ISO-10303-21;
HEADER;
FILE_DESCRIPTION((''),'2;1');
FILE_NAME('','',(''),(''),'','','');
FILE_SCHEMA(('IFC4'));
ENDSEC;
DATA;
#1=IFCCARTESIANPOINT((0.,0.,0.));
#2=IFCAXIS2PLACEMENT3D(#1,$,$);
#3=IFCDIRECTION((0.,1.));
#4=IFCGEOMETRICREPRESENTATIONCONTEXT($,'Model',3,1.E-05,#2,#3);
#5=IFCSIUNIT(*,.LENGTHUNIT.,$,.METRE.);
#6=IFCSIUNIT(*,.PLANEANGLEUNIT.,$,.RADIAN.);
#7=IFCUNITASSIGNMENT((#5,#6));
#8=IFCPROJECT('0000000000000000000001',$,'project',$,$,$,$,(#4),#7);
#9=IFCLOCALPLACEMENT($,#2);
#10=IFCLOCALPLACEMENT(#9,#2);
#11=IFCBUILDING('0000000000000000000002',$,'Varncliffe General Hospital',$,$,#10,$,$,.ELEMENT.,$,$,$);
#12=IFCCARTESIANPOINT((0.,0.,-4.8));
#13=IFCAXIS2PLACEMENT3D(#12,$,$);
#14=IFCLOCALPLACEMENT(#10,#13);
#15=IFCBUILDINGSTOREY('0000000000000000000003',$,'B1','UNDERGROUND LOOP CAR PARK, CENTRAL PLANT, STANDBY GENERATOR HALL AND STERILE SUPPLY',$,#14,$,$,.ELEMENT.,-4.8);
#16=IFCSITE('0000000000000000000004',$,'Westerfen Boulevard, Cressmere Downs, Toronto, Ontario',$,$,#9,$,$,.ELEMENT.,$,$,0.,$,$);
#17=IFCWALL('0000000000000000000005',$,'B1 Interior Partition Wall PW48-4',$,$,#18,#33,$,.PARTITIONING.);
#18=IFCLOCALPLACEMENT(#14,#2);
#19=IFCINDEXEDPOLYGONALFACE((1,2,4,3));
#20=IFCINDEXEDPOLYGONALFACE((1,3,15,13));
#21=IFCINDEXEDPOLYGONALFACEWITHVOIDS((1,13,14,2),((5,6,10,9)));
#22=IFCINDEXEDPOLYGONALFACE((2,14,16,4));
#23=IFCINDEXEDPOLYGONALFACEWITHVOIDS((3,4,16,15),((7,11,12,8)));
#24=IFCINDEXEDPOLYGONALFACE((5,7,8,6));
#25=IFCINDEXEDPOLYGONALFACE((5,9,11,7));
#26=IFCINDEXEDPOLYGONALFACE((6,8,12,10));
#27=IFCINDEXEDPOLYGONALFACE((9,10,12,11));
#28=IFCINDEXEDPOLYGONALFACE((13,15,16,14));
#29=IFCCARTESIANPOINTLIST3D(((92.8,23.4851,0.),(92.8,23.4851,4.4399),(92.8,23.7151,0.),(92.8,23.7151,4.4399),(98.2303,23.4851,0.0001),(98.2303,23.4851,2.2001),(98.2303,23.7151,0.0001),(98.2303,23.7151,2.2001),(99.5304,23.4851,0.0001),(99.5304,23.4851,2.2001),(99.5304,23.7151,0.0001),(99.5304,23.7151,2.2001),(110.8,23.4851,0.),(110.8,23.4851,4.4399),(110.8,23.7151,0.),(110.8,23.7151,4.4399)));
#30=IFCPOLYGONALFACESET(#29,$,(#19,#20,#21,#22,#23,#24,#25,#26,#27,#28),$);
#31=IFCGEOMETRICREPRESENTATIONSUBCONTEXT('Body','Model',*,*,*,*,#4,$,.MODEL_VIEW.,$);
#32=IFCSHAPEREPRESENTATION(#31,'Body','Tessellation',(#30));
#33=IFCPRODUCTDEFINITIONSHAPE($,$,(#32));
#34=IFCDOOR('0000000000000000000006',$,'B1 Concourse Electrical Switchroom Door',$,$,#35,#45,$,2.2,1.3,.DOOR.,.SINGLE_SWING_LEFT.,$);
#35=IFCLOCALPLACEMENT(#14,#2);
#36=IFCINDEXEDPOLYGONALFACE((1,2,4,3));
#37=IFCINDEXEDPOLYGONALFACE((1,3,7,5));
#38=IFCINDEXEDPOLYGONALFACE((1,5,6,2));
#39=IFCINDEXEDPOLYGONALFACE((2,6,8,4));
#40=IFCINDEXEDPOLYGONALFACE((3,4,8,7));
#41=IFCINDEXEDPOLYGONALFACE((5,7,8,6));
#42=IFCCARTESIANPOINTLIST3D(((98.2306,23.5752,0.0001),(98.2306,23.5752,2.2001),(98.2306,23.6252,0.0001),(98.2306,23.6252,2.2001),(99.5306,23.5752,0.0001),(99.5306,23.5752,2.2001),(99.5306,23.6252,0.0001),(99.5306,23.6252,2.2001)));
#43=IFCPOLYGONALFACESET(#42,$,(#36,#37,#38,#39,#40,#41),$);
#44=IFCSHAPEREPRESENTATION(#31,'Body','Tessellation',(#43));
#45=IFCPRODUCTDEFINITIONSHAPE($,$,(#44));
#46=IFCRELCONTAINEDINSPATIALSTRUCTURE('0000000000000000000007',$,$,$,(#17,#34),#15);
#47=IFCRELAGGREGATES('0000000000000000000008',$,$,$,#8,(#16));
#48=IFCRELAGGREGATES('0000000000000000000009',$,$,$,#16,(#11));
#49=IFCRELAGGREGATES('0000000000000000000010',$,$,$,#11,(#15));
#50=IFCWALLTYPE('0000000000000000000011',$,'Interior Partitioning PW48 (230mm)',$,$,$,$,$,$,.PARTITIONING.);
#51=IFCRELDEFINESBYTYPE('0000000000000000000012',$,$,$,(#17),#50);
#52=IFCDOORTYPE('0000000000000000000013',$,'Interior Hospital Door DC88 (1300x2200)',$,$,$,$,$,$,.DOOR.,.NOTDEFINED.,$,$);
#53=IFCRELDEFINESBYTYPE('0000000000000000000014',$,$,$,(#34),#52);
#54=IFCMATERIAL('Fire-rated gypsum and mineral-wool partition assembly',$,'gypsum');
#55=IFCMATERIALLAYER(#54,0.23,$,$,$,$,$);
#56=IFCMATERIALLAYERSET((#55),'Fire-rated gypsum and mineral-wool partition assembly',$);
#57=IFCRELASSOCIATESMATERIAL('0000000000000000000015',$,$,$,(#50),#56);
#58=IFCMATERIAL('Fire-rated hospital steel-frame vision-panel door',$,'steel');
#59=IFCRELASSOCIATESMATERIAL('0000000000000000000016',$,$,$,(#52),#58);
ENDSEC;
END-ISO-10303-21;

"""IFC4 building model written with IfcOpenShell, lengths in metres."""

from ifc_helpers import new_model, si_unit, direction, frame, frame_2d, origin, place, context, subcontext, project, spatial, rectangle, extrude, material, layer, layer_set, type_object, element, fill, save


model = new_model("IFC4")

# Units and contexts
model_context = context("Model", 3, precision=1e-05, world=origin(), true_north=direction((0.0, 1.0)))
body_context = subcontext(model_context, "Body", "Model", "MODEL_VIEW")
ifc_project = project(units=[si_unit("LENGTHUNIT", "METRE"), si_unit("PLANEANGLEUNIT", "RADIAN")], contexts=[model_context])

# Site, building, storey
site_placement = place(None, origin())
site = spatial("IfcSite", under=ifc_project, at=site_placement, Name="Westerfen Boulevard, Cressmere Downs, Toronto, Ontario", CompositionType="ELEMENT", RefElevation=0.0)
building_placement = place(site_placement, origin())
building = spatial("IfcBuilding", under=site, at=building_placement, Name="Varncliffe General Hospital", CompositionType="ELEMENT")
storey_placement = place(building_placement, frame((0.0, 0.0, -4.8)))
storey = spatial("IfcBuildingStorey", under=building, at=storey_placement, Name="B1", Description="UNDERGROUND LOOP CAR PARK, CENTRAL PLANT, STANDBY GENERATOR HALL AND STERILE SUPPLY", CompositionType="ELEMENT", Elevation=-4.8)

# Wall, opening, door
ifc_material_1 = material(Name="Fire-rated gypsum and mineral-wool partition assembly", Category="gypsum")
ifc_layer = layer(ifc_material_1, 0.23)
ifc_layer_set = layer_set([ifc_layer], Name="Fire-rated gypsum and mineral-wool partition assembly")
wall_type = type_object("IfcWallType", Name="Interior Partitioning PW48 (230mm)", PredefinedType="PARTITIONING", material=ifc_layer_set)
wall_placement = place(storey_placement, frame((92.8, 23.6001, 0.0), z_axis=(0.0, 0.0, 1.0), x_axis=(1.0, 0.0, 0.0)))
wall = element("IfcWall", 1, at=wall_placement, inside=storey, type_object=wall_type, Name="B1 Interior Partition Wall PW48-4", PredefinedType="PARTITIONING", context=body_context, shape_type="SweptSolid", body=[
    extrude(rectangle(XDim=18.0, YDim=0.23, at=frame_2d((9.0, 0.0))), origin(), (0.0, 0.0, 1.0), 4.4399),
])
opening_placement = place(wall_placement, frame((5.4304, 0.0, 0.0)))
opening = element("IfcOpeningElement", 2, at=opening_placement, cuts=wall, PredefinedType="OPENING", context=body_context, shape_type="SweptSolid", body=[
    extrude(rectangle(XDim=1.3, YDim=2.2, at=frame_2d((0.6499, 1.1001))), frame((0.0, 0.125, 0.0), z_axis=(0.0, -1.0, 0.0), x_axis=(1.0, 0.0, 0.0)), (0.0, 0.0, 1.0), 0.25),
])
ifc_material_2 = material(Name="Fire-rated hospital steel-frame vision-panel door", Category="steel")
door_type = type_object("IfcDoorType", Name="Interior Hospital Door DC88 (1300x2200)", OperationType="NOTDEFINED", PredefinedType="DOOR", material=ifc_material_2)
door_placement = place(opening_placement, frame((1.3, 0.0, 0.0), z_axis=(0.0, 0.0, 1.0), x_axis=(-1.0, 0.0, 0.0)))
door = element("IfcDoor", 3, at=door_placement, inside=storey, type_object=door_type, Name="B1 Concourse Electrical Switchroom Door", OperationType="SINGLE_SWING_LEFT", OverallHeight=2.2, OverallWidth=1.3, PredefinedType="DOOR", context=body_context, shape_type="SweptSolid", body=[
    extrude(rectangle(XDim=1.3, YDim=2.2, at=frame_2d((0.6499, 1.1001))), frame((0.0, 0.0249, 0.0), z_axis=(0.0, -1.0, 0.0), x_axis=(1.0, 0.0, 0.0)), (0.0, 0.0, 1.0), 0.05),
])
fill(opening, door)

save(model, "model.ifc")
